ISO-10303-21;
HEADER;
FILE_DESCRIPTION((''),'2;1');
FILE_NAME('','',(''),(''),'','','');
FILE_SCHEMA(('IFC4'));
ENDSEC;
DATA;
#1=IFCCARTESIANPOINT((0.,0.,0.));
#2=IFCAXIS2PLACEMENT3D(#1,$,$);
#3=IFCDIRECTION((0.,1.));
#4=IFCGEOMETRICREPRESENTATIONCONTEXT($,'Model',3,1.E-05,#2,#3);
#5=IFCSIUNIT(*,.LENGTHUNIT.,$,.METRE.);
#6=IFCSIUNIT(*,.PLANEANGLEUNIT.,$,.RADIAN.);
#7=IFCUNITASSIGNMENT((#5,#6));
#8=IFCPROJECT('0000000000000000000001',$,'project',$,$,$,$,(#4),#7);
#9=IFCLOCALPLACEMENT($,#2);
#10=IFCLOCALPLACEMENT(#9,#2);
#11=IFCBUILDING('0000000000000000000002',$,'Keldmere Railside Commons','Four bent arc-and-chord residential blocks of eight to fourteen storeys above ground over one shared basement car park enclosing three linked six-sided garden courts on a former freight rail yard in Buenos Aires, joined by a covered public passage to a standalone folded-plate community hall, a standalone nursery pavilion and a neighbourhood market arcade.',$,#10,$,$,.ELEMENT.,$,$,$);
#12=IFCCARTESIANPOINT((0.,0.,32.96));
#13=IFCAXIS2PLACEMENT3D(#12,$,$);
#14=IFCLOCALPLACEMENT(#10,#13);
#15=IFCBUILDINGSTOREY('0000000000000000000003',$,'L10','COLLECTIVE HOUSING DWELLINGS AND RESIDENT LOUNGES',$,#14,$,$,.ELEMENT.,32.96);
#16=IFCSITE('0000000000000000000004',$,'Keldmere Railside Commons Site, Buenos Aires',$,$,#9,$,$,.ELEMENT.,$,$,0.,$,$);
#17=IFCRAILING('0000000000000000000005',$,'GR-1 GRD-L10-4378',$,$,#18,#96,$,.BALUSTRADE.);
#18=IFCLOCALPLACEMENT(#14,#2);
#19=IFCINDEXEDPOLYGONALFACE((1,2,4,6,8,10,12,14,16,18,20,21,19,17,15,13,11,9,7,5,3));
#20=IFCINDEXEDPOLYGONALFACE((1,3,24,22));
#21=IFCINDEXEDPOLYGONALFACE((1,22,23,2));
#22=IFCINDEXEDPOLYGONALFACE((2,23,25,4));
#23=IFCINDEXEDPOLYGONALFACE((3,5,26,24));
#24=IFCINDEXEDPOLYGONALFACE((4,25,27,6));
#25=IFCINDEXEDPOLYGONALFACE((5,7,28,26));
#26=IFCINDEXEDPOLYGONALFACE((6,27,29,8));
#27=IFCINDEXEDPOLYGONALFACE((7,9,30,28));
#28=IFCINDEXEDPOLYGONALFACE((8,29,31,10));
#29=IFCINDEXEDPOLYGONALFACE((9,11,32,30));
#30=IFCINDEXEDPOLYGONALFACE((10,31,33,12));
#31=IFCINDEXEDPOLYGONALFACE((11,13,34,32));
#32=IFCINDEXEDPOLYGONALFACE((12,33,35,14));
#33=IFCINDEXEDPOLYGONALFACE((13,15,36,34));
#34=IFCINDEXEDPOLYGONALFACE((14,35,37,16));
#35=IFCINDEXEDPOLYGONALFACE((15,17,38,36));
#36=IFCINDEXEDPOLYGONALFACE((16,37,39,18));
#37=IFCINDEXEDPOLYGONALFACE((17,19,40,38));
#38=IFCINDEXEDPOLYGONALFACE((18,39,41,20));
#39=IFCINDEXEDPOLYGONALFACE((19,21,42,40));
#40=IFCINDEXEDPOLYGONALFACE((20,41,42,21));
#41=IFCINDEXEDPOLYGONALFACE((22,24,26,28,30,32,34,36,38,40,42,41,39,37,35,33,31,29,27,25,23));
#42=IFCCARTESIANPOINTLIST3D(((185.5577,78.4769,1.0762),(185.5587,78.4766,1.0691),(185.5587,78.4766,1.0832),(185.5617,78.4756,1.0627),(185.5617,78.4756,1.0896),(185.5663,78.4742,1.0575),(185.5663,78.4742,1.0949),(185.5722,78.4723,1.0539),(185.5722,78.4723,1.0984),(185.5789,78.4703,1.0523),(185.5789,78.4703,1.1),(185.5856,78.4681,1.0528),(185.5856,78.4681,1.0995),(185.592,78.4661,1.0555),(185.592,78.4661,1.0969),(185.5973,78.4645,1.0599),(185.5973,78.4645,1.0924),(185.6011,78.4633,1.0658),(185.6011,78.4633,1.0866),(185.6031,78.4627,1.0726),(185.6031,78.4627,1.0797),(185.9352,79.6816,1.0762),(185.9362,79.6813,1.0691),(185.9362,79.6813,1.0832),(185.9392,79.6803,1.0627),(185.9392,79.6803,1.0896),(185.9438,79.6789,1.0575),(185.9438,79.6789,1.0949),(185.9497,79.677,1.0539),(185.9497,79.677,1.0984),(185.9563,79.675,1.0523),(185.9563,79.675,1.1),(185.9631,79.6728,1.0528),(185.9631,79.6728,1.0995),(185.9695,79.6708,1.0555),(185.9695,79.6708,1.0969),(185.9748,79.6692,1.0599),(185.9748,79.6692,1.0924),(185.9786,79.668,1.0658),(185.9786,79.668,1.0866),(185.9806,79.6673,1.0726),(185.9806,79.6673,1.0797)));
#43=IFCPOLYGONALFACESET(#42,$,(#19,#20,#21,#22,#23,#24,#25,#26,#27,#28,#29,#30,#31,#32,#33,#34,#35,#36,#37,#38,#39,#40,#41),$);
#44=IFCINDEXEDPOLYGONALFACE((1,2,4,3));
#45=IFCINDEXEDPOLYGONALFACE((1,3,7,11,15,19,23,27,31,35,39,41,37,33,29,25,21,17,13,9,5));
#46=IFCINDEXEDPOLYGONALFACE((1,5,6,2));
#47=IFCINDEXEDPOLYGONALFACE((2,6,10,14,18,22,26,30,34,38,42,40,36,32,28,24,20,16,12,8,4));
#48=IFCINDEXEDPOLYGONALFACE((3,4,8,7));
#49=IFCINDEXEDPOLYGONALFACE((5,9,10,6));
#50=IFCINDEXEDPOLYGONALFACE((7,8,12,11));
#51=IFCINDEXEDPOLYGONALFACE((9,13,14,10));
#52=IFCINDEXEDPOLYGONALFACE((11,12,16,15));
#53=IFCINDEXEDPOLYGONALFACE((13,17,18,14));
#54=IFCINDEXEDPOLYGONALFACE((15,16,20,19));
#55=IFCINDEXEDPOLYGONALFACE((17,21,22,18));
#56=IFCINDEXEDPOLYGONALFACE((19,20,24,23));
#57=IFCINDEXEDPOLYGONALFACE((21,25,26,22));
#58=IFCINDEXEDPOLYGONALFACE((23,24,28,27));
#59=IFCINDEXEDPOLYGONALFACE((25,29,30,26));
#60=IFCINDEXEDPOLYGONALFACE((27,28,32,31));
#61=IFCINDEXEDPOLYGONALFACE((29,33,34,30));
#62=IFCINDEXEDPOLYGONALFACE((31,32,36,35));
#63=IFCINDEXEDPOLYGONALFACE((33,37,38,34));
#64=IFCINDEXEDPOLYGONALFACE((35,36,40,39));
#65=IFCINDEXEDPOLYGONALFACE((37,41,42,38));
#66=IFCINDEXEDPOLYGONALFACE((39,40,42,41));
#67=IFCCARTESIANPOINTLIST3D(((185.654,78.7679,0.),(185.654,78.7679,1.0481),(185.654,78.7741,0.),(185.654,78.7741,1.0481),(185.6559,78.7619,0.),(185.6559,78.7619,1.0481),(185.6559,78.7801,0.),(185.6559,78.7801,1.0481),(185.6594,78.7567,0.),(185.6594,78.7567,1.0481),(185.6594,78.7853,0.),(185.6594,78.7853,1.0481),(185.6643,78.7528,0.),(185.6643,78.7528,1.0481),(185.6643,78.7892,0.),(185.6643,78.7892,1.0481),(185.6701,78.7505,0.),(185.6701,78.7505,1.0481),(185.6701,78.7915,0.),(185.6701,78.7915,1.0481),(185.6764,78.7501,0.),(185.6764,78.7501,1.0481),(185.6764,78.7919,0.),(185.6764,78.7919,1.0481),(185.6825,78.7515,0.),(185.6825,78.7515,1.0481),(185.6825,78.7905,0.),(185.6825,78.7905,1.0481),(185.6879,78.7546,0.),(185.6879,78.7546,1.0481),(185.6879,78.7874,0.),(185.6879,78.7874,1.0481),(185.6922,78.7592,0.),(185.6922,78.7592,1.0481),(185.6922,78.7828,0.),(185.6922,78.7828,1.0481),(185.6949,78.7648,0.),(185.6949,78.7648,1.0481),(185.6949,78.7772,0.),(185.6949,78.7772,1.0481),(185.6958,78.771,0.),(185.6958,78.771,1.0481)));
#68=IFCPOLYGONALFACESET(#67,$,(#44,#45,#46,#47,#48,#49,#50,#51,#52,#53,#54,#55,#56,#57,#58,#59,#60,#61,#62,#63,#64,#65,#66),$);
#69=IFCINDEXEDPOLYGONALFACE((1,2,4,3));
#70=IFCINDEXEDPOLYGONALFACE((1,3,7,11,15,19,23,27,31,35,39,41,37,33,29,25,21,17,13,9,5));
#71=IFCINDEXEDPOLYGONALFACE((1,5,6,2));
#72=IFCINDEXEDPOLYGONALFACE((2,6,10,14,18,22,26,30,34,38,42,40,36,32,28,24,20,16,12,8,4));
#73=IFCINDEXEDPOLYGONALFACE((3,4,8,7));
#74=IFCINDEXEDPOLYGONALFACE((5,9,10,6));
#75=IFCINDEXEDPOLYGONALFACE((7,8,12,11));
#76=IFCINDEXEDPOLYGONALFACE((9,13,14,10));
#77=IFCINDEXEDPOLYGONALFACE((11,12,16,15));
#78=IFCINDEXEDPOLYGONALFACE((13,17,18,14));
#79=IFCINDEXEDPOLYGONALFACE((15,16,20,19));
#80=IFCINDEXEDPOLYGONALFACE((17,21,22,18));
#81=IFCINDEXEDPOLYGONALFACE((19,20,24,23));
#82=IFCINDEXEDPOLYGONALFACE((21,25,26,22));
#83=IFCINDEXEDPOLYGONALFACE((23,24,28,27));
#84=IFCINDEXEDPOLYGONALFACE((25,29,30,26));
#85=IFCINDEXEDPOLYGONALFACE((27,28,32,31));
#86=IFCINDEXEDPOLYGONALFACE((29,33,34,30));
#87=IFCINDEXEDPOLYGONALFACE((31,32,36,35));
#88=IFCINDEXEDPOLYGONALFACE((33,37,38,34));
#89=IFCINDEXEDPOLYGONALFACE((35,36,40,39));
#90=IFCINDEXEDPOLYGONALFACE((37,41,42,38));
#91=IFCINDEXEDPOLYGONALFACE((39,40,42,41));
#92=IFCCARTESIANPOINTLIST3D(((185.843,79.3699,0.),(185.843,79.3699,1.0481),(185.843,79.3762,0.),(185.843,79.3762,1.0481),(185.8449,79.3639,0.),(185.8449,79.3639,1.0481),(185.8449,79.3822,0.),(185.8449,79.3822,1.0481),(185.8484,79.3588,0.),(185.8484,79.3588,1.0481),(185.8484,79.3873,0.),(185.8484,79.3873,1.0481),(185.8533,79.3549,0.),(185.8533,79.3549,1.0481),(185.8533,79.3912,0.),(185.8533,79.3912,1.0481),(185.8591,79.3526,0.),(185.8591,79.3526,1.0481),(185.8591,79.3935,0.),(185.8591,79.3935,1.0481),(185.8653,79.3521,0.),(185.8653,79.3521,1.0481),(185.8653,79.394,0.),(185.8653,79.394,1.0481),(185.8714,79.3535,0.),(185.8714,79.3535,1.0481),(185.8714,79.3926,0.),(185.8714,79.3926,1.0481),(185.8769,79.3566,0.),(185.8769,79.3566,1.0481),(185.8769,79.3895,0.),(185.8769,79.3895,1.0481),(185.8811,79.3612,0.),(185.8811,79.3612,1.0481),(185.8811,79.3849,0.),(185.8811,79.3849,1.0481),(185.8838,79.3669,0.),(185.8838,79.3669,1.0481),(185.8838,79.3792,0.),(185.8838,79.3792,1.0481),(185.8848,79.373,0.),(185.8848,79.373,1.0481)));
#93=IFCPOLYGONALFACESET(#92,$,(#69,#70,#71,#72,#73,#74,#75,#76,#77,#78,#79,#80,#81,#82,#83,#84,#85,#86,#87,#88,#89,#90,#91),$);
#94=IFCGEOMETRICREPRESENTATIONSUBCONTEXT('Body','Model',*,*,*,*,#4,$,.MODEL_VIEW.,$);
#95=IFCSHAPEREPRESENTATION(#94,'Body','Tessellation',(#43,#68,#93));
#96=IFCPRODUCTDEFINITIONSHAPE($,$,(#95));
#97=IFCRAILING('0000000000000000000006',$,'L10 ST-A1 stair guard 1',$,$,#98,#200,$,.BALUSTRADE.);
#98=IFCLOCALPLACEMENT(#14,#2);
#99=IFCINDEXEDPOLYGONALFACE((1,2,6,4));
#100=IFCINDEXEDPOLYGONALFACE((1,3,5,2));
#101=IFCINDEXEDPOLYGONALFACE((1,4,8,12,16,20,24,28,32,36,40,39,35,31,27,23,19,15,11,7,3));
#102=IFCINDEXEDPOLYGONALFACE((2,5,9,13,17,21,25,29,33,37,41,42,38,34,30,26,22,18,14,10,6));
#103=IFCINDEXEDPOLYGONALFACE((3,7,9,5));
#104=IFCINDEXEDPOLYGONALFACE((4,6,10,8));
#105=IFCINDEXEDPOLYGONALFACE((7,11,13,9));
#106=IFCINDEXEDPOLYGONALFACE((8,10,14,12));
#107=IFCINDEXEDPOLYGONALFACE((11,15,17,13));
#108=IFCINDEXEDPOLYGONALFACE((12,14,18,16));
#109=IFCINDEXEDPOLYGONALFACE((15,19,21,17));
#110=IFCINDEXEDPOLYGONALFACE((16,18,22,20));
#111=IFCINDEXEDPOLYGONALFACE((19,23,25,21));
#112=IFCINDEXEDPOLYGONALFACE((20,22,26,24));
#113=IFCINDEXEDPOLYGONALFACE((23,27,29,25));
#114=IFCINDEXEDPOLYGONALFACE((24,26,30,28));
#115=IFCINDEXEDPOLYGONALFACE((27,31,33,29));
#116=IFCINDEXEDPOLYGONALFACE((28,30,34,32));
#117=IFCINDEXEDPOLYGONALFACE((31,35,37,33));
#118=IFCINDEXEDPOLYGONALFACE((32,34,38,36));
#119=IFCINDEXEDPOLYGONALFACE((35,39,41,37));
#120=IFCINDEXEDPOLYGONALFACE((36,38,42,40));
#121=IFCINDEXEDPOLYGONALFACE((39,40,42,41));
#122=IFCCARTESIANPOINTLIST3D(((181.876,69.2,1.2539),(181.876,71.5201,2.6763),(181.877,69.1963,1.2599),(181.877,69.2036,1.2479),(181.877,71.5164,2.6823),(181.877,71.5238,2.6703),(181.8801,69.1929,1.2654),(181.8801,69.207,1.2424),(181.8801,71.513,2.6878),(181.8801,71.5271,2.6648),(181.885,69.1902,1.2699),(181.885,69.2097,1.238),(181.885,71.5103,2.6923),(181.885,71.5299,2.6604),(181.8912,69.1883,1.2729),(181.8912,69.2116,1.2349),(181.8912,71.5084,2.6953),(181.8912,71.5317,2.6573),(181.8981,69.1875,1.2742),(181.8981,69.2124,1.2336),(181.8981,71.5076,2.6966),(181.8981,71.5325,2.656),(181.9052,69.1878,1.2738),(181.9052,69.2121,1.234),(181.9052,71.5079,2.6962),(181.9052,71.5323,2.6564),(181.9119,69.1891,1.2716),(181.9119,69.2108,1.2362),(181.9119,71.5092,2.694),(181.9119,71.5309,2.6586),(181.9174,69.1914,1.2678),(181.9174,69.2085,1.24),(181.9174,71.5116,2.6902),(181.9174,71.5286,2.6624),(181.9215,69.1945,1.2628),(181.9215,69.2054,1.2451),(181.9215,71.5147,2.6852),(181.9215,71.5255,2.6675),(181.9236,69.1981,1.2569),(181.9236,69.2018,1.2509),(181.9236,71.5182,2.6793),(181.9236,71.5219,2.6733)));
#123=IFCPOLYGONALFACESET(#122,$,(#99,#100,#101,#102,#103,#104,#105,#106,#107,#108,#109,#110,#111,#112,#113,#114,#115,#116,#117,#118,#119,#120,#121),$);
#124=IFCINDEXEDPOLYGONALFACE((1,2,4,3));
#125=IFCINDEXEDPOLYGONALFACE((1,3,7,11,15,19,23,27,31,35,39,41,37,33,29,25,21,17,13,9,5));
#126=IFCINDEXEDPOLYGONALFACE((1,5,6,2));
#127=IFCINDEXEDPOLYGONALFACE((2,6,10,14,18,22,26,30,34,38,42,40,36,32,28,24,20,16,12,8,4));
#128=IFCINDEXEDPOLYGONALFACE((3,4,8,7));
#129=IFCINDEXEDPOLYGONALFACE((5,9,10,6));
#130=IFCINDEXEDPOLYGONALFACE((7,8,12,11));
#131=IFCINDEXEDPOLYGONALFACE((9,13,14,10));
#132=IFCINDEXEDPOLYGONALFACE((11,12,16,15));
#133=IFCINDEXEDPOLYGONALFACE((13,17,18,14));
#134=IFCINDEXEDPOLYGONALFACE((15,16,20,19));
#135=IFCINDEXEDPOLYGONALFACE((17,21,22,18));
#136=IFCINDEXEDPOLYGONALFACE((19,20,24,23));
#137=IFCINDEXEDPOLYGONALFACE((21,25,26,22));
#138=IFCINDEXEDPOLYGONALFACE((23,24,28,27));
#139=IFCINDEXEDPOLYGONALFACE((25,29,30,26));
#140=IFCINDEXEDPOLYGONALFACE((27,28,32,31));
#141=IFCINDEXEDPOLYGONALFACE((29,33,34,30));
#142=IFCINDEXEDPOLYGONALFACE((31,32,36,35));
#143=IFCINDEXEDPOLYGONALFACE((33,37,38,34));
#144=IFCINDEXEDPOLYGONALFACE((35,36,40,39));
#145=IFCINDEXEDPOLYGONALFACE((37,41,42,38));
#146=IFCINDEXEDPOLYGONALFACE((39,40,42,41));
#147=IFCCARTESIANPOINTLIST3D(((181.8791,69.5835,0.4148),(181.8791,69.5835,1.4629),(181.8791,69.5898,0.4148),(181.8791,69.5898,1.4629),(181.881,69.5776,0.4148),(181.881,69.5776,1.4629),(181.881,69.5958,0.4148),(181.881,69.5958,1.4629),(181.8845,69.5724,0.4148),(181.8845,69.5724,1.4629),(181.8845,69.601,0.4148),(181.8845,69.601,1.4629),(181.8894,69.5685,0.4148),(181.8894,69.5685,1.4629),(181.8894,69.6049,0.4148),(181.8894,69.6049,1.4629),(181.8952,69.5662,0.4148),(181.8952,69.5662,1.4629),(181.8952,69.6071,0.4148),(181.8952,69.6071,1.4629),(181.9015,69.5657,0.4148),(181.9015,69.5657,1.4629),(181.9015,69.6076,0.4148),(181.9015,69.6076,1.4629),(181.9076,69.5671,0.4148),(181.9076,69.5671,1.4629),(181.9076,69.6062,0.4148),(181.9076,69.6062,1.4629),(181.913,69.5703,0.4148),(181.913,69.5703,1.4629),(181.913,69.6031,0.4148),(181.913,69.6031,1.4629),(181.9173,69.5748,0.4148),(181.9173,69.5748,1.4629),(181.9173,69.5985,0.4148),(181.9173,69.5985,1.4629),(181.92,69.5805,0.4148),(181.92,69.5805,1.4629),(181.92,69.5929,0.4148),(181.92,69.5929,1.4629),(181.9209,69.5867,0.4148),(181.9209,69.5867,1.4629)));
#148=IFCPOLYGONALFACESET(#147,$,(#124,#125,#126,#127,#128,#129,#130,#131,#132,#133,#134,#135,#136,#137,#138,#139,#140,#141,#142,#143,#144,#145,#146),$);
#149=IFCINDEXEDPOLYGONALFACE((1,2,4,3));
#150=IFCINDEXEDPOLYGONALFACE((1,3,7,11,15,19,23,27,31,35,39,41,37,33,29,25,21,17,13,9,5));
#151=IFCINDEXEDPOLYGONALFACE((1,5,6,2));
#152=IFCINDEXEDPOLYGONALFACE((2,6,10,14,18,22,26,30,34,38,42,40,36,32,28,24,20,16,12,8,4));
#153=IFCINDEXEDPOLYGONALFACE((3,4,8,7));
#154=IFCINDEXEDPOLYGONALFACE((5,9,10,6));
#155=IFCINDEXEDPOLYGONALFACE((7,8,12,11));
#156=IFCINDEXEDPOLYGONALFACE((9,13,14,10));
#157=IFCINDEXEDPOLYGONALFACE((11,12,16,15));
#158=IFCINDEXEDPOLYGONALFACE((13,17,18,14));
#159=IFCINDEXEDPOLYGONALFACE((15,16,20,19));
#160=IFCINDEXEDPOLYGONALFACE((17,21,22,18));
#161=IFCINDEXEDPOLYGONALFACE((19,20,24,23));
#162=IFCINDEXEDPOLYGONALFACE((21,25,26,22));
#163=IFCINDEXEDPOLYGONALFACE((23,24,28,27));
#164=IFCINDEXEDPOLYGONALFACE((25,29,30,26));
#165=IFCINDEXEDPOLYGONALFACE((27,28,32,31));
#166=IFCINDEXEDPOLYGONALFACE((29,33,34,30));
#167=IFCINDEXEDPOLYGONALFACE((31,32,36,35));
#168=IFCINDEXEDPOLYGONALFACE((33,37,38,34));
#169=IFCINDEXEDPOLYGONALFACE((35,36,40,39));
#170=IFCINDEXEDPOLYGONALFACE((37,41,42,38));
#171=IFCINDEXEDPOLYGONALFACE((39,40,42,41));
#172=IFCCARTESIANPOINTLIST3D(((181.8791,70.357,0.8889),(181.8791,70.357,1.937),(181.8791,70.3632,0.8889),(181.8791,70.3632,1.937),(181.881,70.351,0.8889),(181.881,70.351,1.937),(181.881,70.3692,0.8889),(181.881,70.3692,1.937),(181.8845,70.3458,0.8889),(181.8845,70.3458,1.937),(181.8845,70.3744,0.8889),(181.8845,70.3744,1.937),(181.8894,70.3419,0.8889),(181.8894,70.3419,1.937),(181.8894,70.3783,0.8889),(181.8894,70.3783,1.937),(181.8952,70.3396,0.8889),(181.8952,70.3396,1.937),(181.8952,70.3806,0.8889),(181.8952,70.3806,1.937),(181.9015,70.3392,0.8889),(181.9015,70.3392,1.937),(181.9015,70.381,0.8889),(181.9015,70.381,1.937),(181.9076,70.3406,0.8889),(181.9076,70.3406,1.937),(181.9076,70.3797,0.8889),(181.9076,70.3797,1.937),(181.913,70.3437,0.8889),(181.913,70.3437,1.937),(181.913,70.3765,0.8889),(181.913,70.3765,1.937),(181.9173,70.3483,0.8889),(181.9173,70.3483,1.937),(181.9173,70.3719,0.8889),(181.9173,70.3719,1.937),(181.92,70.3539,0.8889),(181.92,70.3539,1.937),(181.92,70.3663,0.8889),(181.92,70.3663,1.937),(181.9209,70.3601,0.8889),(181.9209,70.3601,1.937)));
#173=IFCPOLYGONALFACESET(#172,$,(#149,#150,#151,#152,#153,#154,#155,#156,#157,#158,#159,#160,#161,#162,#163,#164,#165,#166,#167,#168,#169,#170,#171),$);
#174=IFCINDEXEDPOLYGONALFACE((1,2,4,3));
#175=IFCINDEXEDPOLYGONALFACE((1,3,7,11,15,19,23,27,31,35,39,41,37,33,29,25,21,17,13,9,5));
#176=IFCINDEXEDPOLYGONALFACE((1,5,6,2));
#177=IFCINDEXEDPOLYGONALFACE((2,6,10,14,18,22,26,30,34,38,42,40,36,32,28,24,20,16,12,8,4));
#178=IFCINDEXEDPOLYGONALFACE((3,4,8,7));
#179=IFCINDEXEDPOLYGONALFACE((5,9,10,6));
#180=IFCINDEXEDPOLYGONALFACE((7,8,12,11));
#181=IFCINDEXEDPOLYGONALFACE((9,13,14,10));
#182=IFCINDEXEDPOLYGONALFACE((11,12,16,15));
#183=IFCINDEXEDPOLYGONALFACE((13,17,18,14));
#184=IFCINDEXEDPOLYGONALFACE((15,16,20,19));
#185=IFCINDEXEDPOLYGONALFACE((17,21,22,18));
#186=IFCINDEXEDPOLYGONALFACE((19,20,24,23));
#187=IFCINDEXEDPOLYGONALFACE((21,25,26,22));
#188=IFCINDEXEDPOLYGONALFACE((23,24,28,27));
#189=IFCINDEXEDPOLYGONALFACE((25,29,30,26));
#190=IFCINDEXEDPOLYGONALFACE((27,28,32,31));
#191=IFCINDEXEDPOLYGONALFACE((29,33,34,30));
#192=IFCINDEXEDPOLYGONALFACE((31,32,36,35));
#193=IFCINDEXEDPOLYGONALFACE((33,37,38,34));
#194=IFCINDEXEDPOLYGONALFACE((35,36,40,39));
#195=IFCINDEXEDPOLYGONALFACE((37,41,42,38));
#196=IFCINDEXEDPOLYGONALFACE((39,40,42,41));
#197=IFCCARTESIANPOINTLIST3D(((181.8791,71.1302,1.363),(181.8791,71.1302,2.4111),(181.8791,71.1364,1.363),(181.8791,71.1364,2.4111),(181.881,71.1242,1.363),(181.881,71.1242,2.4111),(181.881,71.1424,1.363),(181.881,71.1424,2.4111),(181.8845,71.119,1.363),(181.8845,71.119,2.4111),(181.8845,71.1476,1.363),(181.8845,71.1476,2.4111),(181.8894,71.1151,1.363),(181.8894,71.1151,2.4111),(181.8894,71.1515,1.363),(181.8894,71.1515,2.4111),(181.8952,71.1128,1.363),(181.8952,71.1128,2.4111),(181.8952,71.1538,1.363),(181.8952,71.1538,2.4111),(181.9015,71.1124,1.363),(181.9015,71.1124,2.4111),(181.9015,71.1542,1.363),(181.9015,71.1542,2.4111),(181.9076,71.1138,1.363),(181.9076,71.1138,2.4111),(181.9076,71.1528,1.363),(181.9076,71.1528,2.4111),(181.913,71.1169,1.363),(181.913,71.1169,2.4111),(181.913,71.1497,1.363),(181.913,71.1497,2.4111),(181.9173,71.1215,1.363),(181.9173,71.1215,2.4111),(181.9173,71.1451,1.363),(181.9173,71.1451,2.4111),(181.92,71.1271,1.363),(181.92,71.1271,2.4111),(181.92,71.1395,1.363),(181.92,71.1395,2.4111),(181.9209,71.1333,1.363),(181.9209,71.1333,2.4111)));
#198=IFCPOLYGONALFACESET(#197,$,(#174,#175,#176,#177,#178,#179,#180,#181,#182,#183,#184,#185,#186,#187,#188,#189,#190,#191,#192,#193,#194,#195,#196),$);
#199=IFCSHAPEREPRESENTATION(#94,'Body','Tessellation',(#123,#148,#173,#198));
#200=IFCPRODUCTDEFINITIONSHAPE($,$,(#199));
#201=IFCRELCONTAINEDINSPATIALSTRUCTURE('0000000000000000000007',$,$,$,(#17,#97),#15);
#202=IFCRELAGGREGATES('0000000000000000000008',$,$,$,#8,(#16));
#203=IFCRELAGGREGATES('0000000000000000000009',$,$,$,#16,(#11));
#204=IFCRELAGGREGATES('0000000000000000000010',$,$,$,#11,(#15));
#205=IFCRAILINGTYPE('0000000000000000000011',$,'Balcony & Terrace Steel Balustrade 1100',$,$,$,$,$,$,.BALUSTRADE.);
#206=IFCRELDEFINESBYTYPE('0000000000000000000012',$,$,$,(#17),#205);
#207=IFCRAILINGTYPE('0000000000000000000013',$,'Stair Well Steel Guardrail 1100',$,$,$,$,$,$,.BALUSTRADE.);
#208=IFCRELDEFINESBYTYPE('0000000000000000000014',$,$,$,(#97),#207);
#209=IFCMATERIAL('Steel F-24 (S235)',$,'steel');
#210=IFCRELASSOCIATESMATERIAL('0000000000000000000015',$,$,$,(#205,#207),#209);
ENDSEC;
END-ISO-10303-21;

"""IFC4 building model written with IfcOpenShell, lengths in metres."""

from ifc_helpers import new_model, si_unit, direction, frame, origin, origin_2d, place, context, subcontext, project, spatial, circle, extrude, material, type_object, element, save


model = new_model("IFC4")

# Units and contexts
model_context = context("Model", 3, precision=1e-05, world=origin(), true_north=direction((0.0, 1.0)))
body_context = subcontext(model_context, "Body", "Model", "MODEL_VIEW")
ifc_project = project(units=[si_unit("LENGTHUNIT", "METRE"), si_unit("PLANEANGLEUNIT", "RADIAN")], contexts=[model_context])

# Site, building, storey
site_placement = place(None, origin())
site = spatial("IfcSite", under=ifc_project, at=site_placement, Name="Keldmere Railside Commons Site, Buenos Aires", CompositionType="ELEMENT", RefElevation=0.0)
building_placement = place(site_placement, origin())
building = spatial("IfcBuilding", under=site, at=building_placement, Name="Keldmere Railside Commons", Description="Four bent arc-and-chord residential blocks of eight to fourteen storeys above ground over one shared basement car park enclosing three linked six-sided garden courts on a former freight rail yard in Buenos Aires, joined by a covered public passage to a standalone folded-plate community hall, a standalone nursery pavilion and a neighbourhood market arcade.", CompositionType="ELEMENT")
storey_placement = place(building_placement, frame((0.0, 0.0, 32.96)))
storey = spatial("IfcBuildingStorey", under=building, at=storey_placement, Name="L10", Description="COLLECTIVE HOUSING DWELLINGS AND RESIDENT LOUNGES", CompositionType="ELEMENT", Elevation=32.96)

# Shared definitions
ifc_material_1 = material(Name="Steel F-24 (S235)", Category="steel")

# Railings
railing_type_1 = type_object("IfcRailingType", Name="Balcony & Terrace Steel Balustrade 1100", PredefinedType="BALUSTRADE", material=ifc_material_1)
railing_1_placement = place(storey_placement, frame((185.5806, 78.4697, 0.0)))
element("IfcRailing", 1, at=railing_1_placement, inside=storey, type_object=railing_type_1, Name="GR-1 GRD-L10-4378", PredefinedType="BALUSTRADE", context=body_context, shape_type="SweptSolid", body=[
    extrude(circle(Radius=0.0239, at=origin_2d()), frame((0.0, 0.0, 1.0762), z_axis=(0.299002, 0.954253, 0.0), x_axis=(-0.954253, 0.299002, 0.0)), (0.0, 0.0, 1.0), 1.2625),
    extrude(circle(Radius=0.021, at=origin_2d()), frame((0.0942, 0.3013, 0.0)), (0.0, 0.0, 1.0), 1.0481),
    extrude(circle(Radius=0.021, at=origin_2d()), frame((0.2832, 0.9033, 0.0)), (0.0, 0.0, 1.0), 1.0481),
])
railing_type_2 = type_object("IfcRailingType", Name="Stair Well Steel Guardrail 1100", PredefinedType="BALUSTRADE", material=ifc_material_1)
railing_2_placement = place(storey_placement, frame((181.8999, 69.2, 0.1777)))
element("IfcRailing", 2, at=railing_2_placement, inside=storey, type_object=railing_type_2, Name="L10 ST-A1 stair guard 1", PredefinedType="BALUSTRADE", context=body_context, shape_type="SweptSolid", body=[
    extrude(circle(Radius=0.0239, at=origin_2d()), frame((0.0, 0.0, 1.0762), z_axis=(0.0, 0.852538, 0.522665), x_axis=(-1.0, 0.0, 0.0)), (0.0, 0.0, 1.0), 2.7214),
    extrude(circle(Radius=0.021, at=origin_2d()), frame((0.0, 0.3867, 0.2371)), (0.0, 0.0, 1.0), 1.0481),
    extrude(circle(Radius=0.021, at=origin_2d()), frame((0.0, 1.1602, 0.7112)), (0.0, 0.0, 1.0), 1.0481),
    extrude(circle(Radius=0.021, at=origin_2d()), frame((0.0, 1.9333, 1.1853)), (0.0, 0.0, 1.0), 1.0481),
])

save(model, "model.ifc")
